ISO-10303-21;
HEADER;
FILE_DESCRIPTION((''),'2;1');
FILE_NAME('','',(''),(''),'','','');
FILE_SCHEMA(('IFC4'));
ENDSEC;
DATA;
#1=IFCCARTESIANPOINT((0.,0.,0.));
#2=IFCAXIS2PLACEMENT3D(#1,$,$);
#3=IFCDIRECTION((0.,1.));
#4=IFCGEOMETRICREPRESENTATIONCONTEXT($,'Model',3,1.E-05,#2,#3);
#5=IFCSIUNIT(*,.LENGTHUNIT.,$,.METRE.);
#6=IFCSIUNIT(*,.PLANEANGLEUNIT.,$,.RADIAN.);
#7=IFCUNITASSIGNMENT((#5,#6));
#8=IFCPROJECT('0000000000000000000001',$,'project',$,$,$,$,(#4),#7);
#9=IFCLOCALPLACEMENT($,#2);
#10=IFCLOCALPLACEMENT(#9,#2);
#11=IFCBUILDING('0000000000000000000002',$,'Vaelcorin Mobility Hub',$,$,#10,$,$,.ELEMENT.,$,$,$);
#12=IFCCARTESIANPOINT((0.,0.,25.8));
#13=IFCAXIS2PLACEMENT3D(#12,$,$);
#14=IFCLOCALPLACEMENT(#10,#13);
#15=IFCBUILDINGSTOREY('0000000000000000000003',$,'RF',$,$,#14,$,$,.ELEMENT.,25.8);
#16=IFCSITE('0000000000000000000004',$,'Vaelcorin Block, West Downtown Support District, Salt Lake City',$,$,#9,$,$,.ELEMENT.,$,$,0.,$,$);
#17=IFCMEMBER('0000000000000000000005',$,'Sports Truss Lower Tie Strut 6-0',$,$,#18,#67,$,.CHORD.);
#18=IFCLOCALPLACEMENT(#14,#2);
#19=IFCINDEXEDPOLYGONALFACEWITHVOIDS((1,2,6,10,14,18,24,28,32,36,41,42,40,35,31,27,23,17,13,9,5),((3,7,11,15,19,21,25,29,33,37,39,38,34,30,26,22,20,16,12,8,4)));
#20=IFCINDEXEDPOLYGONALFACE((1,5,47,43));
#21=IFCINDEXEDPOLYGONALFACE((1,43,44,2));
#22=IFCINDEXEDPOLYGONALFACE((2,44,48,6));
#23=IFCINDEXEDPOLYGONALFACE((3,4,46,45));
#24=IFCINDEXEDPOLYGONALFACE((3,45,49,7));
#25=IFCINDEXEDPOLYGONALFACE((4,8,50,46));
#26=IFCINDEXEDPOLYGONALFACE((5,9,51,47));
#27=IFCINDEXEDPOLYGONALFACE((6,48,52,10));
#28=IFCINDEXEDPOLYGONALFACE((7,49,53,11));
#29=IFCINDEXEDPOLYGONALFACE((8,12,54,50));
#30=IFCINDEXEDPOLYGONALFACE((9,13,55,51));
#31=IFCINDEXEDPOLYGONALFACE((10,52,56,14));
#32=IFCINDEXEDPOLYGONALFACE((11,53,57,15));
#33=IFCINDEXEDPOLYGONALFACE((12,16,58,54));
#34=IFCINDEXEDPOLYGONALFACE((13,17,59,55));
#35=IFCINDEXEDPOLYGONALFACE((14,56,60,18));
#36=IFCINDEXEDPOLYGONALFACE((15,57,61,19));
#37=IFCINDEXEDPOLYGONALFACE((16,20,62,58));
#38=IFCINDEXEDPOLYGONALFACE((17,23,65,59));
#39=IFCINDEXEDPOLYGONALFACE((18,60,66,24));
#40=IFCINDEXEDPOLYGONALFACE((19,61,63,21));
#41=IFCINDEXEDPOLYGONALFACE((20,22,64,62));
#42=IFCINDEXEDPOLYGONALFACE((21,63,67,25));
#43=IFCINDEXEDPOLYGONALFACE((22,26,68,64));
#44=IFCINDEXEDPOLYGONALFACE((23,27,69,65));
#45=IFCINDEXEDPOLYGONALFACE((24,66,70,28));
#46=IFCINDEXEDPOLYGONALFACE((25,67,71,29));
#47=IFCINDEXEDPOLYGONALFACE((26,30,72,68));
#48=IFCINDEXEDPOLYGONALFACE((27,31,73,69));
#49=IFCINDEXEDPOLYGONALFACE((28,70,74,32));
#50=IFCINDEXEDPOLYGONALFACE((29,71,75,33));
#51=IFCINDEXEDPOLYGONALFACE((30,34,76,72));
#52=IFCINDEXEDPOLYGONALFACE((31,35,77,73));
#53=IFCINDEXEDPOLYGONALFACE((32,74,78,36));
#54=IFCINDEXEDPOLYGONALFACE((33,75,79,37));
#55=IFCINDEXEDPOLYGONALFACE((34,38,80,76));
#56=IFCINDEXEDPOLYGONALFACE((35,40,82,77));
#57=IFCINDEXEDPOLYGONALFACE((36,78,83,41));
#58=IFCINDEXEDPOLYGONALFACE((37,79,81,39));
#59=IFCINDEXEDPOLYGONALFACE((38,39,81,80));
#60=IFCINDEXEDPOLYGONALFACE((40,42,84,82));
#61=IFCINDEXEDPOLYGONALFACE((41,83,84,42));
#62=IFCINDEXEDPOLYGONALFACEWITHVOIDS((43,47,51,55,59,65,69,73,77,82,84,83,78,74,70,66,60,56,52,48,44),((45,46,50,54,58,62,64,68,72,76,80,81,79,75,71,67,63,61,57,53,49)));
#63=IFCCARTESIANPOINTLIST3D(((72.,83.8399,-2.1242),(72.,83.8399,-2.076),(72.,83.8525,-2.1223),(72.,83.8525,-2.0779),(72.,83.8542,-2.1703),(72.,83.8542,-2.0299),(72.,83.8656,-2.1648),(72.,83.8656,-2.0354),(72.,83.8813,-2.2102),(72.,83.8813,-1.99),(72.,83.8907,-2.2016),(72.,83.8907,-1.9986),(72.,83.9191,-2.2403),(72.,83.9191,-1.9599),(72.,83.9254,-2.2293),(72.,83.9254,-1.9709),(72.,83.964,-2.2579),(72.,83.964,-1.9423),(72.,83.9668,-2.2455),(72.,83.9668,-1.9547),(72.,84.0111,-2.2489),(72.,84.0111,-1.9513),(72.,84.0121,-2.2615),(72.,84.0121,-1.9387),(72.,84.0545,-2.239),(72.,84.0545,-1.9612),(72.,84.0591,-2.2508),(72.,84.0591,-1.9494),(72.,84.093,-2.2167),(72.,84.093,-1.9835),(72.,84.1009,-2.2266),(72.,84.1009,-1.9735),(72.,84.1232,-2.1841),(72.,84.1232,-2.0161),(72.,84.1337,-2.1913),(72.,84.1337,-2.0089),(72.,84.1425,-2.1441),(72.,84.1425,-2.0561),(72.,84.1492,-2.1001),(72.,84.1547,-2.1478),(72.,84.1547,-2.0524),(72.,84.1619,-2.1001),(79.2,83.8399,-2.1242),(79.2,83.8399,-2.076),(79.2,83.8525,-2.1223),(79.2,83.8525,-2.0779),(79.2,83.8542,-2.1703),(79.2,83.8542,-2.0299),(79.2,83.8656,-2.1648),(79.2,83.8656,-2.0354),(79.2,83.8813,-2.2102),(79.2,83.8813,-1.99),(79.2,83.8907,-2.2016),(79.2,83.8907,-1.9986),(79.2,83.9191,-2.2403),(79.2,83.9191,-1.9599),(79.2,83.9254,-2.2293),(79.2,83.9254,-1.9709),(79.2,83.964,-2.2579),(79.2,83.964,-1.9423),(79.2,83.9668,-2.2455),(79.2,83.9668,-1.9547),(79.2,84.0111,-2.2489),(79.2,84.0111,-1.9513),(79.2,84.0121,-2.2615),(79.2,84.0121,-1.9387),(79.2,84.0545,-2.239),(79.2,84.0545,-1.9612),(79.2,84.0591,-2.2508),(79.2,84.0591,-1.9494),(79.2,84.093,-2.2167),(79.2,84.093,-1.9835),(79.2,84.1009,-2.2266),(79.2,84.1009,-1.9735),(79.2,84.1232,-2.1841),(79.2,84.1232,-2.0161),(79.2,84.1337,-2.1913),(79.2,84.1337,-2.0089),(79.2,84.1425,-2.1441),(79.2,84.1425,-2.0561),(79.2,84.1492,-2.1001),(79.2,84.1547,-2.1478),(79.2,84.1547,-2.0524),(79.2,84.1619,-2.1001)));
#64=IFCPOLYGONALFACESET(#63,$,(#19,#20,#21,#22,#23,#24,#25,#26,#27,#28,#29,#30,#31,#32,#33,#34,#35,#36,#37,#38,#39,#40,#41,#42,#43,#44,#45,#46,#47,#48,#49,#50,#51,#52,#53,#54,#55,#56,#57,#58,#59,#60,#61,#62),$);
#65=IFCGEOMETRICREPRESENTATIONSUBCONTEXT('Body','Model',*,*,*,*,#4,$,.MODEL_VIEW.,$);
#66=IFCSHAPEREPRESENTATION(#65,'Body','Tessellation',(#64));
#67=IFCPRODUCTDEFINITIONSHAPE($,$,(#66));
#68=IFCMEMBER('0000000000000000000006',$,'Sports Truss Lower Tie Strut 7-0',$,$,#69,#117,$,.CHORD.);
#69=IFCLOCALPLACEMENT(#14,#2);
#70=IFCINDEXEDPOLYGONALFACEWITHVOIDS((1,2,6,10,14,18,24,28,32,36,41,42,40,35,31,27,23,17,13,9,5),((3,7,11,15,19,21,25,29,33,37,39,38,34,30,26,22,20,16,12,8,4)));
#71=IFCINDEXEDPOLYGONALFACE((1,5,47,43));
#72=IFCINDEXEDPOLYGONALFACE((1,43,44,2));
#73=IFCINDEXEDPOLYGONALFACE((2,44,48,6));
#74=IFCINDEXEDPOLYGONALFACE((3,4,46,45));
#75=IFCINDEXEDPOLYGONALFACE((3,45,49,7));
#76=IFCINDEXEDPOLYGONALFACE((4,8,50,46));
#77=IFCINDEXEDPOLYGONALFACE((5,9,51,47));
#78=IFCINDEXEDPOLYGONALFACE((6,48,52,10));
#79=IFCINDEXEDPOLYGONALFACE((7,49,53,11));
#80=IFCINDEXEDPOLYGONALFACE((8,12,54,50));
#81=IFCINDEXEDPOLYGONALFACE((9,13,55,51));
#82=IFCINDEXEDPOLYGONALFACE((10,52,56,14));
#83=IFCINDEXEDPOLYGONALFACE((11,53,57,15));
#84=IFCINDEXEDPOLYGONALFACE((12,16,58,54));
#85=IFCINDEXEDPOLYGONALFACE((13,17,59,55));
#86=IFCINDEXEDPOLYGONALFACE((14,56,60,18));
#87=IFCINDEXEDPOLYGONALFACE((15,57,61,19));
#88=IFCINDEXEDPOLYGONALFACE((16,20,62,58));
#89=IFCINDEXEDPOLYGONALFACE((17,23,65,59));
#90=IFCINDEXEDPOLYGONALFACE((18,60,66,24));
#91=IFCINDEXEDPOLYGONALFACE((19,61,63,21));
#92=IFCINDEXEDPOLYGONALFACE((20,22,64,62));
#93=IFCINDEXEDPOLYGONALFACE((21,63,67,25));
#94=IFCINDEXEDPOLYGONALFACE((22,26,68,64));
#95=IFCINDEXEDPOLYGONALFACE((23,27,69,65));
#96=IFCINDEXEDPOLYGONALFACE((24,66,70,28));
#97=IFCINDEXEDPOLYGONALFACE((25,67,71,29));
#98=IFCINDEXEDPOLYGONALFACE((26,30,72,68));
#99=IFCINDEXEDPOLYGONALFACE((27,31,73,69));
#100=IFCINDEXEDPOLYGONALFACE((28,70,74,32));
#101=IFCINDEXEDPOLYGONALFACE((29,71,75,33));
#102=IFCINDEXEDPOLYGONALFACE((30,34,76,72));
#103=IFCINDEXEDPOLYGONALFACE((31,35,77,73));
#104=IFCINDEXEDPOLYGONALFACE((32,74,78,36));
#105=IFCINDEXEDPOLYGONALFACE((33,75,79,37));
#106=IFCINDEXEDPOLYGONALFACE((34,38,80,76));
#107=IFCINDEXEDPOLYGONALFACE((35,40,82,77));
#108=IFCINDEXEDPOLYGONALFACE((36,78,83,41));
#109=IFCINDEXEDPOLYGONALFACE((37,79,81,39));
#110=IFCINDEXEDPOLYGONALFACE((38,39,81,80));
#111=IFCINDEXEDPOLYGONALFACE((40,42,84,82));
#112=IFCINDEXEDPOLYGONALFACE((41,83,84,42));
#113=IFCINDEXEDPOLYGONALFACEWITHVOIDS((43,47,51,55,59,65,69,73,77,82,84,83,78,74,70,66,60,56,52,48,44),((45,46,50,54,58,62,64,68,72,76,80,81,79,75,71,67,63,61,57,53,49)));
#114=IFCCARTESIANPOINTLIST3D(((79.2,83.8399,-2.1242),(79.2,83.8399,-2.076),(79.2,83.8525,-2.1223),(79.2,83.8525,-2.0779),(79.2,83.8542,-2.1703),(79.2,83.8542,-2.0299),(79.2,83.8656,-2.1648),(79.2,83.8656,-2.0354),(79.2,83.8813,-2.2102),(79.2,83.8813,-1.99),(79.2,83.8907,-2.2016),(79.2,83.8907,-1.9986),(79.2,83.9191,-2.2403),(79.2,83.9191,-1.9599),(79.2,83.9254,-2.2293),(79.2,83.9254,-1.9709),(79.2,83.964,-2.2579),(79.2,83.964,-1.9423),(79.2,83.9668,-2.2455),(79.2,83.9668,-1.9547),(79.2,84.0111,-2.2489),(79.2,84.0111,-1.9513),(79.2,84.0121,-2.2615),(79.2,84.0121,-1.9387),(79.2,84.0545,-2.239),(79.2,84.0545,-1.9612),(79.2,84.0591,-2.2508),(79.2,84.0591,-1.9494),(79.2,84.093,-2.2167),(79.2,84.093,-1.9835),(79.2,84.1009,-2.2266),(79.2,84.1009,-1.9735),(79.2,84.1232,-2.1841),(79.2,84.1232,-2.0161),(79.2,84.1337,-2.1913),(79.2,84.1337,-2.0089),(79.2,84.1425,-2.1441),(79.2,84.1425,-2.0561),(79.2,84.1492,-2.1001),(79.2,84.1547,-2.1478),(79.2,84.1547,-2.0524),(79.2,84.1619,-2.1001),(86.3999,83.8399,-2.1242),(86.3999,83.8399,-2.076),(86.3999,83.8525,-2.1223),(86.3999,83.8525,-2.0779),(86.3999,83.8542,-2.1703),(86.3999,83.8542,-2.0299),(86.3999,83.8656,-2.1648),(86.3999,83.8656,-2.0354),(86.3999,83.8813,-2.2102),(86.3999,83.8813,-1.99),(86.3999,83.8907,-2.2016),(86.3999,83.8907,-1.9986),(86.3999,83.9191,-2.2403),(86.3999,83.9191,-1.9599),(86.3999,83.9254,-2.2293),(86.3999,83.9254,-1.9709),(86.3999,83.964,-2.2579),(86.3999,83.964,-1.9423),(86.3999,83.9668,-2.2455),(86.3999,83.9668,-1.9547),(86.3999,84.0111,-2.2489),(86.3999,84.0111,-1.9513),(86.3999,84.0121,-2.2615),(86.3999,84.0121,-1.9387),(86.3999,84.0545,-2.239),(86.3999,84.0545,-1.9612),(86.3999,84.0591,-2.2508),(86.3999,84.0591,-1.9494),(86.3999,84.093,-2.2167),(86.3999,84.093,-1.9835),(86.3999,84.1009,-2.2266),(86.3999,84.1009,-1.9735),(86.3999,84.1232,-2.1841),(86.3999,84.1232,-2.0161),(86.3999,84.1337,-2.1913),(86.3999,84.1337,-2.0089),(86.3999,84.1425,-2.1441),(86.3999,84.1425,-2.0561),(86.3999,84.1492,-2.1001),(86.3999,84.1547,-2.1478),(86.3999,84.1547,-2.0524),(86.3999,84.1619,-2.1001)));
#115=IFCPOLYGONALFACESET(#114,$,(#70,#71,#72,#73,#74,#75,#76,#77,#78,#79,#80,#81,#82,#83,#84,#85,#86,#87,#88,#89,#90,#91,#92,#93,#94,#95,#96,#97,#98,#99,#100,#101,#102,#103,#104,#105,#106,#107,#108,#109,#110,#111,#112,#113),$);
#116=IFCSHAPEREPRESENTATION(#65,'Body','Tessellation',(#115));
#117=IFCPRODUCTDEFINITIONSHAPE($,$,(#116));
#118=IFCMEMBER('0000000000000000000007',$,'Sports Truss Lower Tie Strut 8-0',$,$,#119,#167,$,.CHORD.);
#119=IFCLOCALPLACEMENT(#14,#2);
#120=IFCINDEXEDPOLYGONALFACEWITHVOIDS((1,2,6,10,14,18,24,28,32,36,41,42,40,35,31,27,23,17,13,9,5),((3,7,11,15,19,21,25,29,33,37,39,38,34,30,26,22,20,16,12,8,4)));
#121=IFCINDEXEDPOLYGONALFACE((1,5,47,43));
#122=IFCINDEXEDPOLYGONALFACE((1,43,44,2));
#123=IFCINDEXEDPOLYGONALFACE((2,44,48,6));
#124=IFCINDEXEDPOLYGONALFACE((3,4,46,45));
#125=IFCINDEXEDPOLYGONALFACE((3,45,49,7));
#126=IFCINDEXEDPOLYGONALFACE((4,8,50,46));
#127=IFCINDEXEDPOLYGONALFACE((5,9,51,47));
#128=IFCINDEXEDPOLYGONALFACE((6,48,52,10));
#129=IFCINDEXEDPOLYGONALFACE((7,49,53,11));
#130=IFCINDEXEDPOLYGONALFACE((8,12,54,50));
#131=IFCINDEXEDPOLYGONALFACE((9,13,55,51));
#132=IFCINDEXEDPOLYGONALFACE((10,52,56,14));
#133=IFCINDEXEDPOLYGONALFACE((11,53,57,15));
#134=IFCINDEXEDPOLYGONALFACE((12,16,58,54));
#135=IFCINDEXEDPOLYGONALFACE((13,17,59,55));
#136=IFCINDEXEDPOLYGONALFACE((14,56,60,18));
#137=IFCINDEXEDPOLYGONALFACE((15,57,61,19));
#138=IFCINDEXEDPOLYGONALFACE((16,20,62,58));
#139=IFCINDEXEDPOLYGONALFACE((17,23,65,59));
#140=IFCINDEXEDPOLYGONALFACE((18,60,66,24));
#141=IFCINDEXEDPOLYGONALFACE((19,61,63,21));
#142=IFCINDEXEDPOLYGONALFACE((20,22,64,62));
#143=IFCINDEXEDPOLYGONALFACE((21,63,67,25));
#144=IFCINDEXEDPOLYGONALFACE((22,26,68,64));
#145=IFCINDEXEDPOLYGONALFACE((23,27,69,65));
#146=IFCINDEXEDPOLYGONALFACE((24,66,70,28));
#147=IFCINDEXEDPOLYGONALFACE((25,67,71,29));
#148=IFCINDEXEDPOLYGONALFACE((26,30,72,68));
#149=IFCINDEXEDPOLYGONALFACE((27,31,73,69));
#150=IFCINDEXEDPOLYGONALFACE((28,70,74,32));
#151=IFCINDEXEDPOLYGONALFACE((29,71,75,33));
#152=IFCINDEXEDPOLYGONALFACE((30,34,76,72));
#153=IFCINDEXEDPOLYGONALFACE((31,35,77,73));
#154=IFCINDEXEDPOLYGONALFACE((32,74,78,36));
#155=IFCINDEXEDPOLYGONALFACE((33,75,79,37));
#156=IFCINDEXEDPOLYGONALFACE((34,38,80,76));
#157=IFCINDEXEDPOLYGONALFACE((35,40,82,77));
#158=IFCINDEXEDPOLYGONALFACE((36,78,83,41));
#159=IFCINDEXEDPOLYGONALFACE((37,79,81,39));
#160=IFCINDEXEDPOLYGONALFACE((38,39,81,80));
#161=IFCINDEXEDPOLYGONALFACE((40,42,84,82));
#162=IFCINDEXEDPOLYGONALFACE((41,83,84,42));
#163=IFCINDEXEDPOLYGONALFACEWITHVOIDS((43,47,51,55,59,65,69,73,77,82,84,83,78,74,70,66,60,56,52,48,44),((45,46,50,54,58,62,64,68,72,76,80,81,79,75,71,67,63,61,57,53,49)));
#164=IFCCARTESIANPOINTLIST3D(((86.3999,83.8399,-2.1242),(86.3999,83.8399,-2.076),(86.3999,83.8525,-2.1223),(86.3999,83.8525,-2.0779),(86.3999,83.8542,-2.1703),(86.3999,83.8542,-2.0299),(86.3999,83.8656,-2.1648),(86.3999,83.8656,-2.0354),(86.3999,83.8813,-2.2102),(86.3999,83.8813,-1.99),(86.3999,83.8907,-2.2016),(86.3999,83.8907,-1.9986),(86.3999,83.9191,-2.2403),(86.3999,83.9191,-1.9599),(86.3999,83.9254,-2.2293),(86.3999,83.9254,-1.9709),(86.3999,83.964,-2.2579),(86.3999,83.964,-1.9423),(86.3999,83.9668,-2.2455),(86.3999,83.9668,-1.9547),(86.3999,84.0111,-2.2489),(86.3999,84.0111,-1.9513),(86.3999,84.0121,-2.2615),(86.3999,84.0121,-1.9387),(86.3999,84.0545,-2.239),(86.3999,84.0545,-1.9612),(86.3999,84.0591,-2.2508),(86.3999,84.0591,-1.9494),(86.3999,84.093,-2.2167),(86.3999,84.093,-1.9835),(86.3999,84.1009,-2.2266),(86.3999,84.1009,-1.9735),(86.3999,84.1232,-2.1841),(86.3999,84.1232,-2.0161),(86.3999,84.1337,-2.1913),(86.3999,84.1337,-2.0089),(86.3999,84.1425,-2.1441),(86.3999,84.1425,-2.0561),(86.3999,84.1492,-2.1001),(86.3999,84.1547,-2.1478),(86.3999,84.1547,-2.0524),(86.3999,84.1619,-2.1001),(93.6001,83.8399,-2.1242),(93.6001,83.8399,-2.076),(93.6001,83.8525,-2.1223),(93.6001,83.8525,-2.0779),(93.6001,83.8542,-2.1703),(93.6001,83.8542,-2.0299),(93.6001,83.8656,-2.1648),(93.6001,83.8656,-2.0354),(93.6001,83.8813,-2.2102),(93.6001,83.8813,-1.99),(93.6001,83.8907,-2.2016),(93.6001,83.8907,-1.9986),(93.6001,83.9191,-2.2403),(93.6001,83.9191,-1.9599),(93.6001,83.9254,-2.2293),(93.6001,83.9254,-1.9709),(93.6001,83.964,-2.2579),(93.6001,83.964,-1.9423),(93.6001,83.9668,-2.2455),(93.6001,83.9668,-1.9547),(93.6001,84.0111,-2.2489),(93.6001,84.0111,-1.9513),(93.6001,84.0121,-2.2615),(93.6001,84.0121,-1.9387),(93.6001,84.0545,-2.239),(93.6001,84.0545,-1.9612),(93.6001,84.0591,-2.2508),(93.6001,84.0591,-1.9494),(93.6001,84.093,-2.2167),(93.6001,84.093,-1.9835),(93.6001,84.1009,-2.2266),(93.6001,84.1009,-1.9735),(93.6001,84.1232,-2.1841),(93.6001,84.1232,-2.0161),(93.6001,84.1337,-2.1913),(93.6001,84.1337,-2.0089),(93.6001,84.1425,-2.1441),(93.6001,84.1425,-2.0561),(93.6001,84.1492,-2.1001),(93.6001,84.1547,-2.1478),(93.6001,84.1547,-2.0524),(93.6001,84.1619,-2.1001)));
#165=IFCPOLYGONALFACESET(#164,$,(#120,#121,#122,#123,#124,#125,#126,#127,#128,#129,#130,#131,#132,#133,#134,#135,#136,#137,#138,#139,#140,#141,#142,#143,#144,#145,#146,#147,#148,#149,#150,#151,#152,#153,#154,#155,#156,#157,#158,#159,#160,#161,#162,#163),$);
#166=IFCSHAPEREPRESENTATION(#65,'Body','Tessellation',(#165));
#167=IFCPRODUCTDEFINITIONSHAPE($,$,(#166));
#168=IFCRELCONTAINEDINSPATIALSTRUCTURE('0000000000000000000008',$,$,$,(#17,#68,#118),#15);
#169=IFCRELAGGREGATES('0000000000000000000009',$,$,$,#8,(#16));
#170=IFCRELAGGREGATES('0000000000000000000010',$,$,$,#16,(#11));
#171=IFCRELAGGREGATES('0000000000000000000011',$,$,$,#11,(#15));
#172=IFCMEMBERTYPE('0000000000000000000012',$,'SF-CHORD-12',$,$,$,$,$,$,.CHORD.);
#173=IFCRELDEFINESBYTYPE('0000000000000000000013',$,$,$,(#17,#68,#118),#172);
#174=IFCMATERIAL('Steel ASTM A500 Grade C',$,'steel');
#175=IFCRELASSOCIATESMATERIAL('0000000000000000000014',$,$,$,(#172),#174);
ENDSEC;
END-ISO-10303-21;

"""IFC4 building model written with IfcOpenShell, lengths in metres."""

from ifc_helpers import new_model, si_unit, direction, frame, origin, origin_2d, place, context, subcontext, project, spatial, hollow_circle, extrude, material, material_profile, profile_set, type_object, element, save


model = new_model("IFC4")

# Units and contexts
model_context = context("Model", 3, precision=1e-05, world=origin(), true_north=direction((0.0, 1.0)))
body_context = subcontext(model_context, "Body", "Model", "MODEL_VIEW")
ifc_project = project(units=[si_unit("LENGTHUNIT", "METRE"), si_unit("PLANEANGLEUNIT", "RADIAN")], contexts=[model_context])

# Site, building, storey
site_placement = place(None, origin())
site = spatial("IfcSite", under=ifc_project, at=site_placement, Name="Vaelcorin Block, West Downtown Support District, Salt Lake City", CompositionType="ELEMENT", RefElevation=0.0)
building_placement = place(site_placement, origin())
building = spatial("IfcBuilding", under=site, at=building_placement, Name="Vaelcorin Mobility Hub", CompositionType="ELEMENT")
storey_placement = place(building_placement, frame((0.0, 0.0, 25.8)))
storey = spatial("IfcBuildingStorey", under=building, at=storey_placement, Name="RF", CompositionType="ELEMENT", Elevation=25.8)

# Members
ifc_material_1 = material(Name="Steel ASTM A500 Grade C", Category="steel")
ifc_material_profile_1 = material_profile(ifc_material_1, hollow_circle(Radius=0.1619, WallThickness=0.0127, at=origin_2d()), Name="HSS12.750X0.500")
ifc_profile_set_1 = profile_set([ifc_material_profile_1], Name="Steel ASTM A500 Grade C")
member_type_1 = type_object("IfcMemberType", Name="SF-CHORD-12", PredefinedType="CHORD", material=ifc_profile_set_1)
for number, where, z_axis, x_axis, name in (
    (1, (72.0, 84.0, -2.1001), (1.0, 0.0, 0.0), (0.0, 1.0, 0.0), "Sports Truss Lower Tie Strut 6-0"),
    (2, (79.2, 84.0, -2.1001), (1.0, 0.0, 0.0), (0.0, 1.0, 0.0), "Sports Truss Lower Tie Strut 7-0"),
):
    element("IfcMember", number, at=place(storey_placement, frame(where, z_axis=z_axis, x_axis=x_axis)), inside=storey, type_object=member_type_1, Name=name, PredefinedType="CHORD", context=body_context, shape_type="SweptSolid", body=[
        extrude(hollow_circle(Radius=0.1619, WallThickness=0.0127, at=origin_2d()), origin(), (0.0, 0.0, 1.0), 7.2),
    ])
member_1_placement = place(storey_placement, frame((86.3999, 84.0, -2.1001), z_axis=(1.0, 0.0, 0.0), x_axis=(0.0, 1.0, 0.0)))
element("IfcMember", 3, at=member_1_placement, inside=storey, type_object=member_type_1, Name="Sports Truss Lower Tie Strut 8-0", PredefinedType="CHORD", context=body_context, shape_type="SweptSolid", body=[
    extrude(hollow_circle(Radius=0.1619, WallThickness=0.0127, at=origin_2d()), origin(), (0.0, 0.0, 1.0), 7.2002),
])

save(model, "model.ifc")
